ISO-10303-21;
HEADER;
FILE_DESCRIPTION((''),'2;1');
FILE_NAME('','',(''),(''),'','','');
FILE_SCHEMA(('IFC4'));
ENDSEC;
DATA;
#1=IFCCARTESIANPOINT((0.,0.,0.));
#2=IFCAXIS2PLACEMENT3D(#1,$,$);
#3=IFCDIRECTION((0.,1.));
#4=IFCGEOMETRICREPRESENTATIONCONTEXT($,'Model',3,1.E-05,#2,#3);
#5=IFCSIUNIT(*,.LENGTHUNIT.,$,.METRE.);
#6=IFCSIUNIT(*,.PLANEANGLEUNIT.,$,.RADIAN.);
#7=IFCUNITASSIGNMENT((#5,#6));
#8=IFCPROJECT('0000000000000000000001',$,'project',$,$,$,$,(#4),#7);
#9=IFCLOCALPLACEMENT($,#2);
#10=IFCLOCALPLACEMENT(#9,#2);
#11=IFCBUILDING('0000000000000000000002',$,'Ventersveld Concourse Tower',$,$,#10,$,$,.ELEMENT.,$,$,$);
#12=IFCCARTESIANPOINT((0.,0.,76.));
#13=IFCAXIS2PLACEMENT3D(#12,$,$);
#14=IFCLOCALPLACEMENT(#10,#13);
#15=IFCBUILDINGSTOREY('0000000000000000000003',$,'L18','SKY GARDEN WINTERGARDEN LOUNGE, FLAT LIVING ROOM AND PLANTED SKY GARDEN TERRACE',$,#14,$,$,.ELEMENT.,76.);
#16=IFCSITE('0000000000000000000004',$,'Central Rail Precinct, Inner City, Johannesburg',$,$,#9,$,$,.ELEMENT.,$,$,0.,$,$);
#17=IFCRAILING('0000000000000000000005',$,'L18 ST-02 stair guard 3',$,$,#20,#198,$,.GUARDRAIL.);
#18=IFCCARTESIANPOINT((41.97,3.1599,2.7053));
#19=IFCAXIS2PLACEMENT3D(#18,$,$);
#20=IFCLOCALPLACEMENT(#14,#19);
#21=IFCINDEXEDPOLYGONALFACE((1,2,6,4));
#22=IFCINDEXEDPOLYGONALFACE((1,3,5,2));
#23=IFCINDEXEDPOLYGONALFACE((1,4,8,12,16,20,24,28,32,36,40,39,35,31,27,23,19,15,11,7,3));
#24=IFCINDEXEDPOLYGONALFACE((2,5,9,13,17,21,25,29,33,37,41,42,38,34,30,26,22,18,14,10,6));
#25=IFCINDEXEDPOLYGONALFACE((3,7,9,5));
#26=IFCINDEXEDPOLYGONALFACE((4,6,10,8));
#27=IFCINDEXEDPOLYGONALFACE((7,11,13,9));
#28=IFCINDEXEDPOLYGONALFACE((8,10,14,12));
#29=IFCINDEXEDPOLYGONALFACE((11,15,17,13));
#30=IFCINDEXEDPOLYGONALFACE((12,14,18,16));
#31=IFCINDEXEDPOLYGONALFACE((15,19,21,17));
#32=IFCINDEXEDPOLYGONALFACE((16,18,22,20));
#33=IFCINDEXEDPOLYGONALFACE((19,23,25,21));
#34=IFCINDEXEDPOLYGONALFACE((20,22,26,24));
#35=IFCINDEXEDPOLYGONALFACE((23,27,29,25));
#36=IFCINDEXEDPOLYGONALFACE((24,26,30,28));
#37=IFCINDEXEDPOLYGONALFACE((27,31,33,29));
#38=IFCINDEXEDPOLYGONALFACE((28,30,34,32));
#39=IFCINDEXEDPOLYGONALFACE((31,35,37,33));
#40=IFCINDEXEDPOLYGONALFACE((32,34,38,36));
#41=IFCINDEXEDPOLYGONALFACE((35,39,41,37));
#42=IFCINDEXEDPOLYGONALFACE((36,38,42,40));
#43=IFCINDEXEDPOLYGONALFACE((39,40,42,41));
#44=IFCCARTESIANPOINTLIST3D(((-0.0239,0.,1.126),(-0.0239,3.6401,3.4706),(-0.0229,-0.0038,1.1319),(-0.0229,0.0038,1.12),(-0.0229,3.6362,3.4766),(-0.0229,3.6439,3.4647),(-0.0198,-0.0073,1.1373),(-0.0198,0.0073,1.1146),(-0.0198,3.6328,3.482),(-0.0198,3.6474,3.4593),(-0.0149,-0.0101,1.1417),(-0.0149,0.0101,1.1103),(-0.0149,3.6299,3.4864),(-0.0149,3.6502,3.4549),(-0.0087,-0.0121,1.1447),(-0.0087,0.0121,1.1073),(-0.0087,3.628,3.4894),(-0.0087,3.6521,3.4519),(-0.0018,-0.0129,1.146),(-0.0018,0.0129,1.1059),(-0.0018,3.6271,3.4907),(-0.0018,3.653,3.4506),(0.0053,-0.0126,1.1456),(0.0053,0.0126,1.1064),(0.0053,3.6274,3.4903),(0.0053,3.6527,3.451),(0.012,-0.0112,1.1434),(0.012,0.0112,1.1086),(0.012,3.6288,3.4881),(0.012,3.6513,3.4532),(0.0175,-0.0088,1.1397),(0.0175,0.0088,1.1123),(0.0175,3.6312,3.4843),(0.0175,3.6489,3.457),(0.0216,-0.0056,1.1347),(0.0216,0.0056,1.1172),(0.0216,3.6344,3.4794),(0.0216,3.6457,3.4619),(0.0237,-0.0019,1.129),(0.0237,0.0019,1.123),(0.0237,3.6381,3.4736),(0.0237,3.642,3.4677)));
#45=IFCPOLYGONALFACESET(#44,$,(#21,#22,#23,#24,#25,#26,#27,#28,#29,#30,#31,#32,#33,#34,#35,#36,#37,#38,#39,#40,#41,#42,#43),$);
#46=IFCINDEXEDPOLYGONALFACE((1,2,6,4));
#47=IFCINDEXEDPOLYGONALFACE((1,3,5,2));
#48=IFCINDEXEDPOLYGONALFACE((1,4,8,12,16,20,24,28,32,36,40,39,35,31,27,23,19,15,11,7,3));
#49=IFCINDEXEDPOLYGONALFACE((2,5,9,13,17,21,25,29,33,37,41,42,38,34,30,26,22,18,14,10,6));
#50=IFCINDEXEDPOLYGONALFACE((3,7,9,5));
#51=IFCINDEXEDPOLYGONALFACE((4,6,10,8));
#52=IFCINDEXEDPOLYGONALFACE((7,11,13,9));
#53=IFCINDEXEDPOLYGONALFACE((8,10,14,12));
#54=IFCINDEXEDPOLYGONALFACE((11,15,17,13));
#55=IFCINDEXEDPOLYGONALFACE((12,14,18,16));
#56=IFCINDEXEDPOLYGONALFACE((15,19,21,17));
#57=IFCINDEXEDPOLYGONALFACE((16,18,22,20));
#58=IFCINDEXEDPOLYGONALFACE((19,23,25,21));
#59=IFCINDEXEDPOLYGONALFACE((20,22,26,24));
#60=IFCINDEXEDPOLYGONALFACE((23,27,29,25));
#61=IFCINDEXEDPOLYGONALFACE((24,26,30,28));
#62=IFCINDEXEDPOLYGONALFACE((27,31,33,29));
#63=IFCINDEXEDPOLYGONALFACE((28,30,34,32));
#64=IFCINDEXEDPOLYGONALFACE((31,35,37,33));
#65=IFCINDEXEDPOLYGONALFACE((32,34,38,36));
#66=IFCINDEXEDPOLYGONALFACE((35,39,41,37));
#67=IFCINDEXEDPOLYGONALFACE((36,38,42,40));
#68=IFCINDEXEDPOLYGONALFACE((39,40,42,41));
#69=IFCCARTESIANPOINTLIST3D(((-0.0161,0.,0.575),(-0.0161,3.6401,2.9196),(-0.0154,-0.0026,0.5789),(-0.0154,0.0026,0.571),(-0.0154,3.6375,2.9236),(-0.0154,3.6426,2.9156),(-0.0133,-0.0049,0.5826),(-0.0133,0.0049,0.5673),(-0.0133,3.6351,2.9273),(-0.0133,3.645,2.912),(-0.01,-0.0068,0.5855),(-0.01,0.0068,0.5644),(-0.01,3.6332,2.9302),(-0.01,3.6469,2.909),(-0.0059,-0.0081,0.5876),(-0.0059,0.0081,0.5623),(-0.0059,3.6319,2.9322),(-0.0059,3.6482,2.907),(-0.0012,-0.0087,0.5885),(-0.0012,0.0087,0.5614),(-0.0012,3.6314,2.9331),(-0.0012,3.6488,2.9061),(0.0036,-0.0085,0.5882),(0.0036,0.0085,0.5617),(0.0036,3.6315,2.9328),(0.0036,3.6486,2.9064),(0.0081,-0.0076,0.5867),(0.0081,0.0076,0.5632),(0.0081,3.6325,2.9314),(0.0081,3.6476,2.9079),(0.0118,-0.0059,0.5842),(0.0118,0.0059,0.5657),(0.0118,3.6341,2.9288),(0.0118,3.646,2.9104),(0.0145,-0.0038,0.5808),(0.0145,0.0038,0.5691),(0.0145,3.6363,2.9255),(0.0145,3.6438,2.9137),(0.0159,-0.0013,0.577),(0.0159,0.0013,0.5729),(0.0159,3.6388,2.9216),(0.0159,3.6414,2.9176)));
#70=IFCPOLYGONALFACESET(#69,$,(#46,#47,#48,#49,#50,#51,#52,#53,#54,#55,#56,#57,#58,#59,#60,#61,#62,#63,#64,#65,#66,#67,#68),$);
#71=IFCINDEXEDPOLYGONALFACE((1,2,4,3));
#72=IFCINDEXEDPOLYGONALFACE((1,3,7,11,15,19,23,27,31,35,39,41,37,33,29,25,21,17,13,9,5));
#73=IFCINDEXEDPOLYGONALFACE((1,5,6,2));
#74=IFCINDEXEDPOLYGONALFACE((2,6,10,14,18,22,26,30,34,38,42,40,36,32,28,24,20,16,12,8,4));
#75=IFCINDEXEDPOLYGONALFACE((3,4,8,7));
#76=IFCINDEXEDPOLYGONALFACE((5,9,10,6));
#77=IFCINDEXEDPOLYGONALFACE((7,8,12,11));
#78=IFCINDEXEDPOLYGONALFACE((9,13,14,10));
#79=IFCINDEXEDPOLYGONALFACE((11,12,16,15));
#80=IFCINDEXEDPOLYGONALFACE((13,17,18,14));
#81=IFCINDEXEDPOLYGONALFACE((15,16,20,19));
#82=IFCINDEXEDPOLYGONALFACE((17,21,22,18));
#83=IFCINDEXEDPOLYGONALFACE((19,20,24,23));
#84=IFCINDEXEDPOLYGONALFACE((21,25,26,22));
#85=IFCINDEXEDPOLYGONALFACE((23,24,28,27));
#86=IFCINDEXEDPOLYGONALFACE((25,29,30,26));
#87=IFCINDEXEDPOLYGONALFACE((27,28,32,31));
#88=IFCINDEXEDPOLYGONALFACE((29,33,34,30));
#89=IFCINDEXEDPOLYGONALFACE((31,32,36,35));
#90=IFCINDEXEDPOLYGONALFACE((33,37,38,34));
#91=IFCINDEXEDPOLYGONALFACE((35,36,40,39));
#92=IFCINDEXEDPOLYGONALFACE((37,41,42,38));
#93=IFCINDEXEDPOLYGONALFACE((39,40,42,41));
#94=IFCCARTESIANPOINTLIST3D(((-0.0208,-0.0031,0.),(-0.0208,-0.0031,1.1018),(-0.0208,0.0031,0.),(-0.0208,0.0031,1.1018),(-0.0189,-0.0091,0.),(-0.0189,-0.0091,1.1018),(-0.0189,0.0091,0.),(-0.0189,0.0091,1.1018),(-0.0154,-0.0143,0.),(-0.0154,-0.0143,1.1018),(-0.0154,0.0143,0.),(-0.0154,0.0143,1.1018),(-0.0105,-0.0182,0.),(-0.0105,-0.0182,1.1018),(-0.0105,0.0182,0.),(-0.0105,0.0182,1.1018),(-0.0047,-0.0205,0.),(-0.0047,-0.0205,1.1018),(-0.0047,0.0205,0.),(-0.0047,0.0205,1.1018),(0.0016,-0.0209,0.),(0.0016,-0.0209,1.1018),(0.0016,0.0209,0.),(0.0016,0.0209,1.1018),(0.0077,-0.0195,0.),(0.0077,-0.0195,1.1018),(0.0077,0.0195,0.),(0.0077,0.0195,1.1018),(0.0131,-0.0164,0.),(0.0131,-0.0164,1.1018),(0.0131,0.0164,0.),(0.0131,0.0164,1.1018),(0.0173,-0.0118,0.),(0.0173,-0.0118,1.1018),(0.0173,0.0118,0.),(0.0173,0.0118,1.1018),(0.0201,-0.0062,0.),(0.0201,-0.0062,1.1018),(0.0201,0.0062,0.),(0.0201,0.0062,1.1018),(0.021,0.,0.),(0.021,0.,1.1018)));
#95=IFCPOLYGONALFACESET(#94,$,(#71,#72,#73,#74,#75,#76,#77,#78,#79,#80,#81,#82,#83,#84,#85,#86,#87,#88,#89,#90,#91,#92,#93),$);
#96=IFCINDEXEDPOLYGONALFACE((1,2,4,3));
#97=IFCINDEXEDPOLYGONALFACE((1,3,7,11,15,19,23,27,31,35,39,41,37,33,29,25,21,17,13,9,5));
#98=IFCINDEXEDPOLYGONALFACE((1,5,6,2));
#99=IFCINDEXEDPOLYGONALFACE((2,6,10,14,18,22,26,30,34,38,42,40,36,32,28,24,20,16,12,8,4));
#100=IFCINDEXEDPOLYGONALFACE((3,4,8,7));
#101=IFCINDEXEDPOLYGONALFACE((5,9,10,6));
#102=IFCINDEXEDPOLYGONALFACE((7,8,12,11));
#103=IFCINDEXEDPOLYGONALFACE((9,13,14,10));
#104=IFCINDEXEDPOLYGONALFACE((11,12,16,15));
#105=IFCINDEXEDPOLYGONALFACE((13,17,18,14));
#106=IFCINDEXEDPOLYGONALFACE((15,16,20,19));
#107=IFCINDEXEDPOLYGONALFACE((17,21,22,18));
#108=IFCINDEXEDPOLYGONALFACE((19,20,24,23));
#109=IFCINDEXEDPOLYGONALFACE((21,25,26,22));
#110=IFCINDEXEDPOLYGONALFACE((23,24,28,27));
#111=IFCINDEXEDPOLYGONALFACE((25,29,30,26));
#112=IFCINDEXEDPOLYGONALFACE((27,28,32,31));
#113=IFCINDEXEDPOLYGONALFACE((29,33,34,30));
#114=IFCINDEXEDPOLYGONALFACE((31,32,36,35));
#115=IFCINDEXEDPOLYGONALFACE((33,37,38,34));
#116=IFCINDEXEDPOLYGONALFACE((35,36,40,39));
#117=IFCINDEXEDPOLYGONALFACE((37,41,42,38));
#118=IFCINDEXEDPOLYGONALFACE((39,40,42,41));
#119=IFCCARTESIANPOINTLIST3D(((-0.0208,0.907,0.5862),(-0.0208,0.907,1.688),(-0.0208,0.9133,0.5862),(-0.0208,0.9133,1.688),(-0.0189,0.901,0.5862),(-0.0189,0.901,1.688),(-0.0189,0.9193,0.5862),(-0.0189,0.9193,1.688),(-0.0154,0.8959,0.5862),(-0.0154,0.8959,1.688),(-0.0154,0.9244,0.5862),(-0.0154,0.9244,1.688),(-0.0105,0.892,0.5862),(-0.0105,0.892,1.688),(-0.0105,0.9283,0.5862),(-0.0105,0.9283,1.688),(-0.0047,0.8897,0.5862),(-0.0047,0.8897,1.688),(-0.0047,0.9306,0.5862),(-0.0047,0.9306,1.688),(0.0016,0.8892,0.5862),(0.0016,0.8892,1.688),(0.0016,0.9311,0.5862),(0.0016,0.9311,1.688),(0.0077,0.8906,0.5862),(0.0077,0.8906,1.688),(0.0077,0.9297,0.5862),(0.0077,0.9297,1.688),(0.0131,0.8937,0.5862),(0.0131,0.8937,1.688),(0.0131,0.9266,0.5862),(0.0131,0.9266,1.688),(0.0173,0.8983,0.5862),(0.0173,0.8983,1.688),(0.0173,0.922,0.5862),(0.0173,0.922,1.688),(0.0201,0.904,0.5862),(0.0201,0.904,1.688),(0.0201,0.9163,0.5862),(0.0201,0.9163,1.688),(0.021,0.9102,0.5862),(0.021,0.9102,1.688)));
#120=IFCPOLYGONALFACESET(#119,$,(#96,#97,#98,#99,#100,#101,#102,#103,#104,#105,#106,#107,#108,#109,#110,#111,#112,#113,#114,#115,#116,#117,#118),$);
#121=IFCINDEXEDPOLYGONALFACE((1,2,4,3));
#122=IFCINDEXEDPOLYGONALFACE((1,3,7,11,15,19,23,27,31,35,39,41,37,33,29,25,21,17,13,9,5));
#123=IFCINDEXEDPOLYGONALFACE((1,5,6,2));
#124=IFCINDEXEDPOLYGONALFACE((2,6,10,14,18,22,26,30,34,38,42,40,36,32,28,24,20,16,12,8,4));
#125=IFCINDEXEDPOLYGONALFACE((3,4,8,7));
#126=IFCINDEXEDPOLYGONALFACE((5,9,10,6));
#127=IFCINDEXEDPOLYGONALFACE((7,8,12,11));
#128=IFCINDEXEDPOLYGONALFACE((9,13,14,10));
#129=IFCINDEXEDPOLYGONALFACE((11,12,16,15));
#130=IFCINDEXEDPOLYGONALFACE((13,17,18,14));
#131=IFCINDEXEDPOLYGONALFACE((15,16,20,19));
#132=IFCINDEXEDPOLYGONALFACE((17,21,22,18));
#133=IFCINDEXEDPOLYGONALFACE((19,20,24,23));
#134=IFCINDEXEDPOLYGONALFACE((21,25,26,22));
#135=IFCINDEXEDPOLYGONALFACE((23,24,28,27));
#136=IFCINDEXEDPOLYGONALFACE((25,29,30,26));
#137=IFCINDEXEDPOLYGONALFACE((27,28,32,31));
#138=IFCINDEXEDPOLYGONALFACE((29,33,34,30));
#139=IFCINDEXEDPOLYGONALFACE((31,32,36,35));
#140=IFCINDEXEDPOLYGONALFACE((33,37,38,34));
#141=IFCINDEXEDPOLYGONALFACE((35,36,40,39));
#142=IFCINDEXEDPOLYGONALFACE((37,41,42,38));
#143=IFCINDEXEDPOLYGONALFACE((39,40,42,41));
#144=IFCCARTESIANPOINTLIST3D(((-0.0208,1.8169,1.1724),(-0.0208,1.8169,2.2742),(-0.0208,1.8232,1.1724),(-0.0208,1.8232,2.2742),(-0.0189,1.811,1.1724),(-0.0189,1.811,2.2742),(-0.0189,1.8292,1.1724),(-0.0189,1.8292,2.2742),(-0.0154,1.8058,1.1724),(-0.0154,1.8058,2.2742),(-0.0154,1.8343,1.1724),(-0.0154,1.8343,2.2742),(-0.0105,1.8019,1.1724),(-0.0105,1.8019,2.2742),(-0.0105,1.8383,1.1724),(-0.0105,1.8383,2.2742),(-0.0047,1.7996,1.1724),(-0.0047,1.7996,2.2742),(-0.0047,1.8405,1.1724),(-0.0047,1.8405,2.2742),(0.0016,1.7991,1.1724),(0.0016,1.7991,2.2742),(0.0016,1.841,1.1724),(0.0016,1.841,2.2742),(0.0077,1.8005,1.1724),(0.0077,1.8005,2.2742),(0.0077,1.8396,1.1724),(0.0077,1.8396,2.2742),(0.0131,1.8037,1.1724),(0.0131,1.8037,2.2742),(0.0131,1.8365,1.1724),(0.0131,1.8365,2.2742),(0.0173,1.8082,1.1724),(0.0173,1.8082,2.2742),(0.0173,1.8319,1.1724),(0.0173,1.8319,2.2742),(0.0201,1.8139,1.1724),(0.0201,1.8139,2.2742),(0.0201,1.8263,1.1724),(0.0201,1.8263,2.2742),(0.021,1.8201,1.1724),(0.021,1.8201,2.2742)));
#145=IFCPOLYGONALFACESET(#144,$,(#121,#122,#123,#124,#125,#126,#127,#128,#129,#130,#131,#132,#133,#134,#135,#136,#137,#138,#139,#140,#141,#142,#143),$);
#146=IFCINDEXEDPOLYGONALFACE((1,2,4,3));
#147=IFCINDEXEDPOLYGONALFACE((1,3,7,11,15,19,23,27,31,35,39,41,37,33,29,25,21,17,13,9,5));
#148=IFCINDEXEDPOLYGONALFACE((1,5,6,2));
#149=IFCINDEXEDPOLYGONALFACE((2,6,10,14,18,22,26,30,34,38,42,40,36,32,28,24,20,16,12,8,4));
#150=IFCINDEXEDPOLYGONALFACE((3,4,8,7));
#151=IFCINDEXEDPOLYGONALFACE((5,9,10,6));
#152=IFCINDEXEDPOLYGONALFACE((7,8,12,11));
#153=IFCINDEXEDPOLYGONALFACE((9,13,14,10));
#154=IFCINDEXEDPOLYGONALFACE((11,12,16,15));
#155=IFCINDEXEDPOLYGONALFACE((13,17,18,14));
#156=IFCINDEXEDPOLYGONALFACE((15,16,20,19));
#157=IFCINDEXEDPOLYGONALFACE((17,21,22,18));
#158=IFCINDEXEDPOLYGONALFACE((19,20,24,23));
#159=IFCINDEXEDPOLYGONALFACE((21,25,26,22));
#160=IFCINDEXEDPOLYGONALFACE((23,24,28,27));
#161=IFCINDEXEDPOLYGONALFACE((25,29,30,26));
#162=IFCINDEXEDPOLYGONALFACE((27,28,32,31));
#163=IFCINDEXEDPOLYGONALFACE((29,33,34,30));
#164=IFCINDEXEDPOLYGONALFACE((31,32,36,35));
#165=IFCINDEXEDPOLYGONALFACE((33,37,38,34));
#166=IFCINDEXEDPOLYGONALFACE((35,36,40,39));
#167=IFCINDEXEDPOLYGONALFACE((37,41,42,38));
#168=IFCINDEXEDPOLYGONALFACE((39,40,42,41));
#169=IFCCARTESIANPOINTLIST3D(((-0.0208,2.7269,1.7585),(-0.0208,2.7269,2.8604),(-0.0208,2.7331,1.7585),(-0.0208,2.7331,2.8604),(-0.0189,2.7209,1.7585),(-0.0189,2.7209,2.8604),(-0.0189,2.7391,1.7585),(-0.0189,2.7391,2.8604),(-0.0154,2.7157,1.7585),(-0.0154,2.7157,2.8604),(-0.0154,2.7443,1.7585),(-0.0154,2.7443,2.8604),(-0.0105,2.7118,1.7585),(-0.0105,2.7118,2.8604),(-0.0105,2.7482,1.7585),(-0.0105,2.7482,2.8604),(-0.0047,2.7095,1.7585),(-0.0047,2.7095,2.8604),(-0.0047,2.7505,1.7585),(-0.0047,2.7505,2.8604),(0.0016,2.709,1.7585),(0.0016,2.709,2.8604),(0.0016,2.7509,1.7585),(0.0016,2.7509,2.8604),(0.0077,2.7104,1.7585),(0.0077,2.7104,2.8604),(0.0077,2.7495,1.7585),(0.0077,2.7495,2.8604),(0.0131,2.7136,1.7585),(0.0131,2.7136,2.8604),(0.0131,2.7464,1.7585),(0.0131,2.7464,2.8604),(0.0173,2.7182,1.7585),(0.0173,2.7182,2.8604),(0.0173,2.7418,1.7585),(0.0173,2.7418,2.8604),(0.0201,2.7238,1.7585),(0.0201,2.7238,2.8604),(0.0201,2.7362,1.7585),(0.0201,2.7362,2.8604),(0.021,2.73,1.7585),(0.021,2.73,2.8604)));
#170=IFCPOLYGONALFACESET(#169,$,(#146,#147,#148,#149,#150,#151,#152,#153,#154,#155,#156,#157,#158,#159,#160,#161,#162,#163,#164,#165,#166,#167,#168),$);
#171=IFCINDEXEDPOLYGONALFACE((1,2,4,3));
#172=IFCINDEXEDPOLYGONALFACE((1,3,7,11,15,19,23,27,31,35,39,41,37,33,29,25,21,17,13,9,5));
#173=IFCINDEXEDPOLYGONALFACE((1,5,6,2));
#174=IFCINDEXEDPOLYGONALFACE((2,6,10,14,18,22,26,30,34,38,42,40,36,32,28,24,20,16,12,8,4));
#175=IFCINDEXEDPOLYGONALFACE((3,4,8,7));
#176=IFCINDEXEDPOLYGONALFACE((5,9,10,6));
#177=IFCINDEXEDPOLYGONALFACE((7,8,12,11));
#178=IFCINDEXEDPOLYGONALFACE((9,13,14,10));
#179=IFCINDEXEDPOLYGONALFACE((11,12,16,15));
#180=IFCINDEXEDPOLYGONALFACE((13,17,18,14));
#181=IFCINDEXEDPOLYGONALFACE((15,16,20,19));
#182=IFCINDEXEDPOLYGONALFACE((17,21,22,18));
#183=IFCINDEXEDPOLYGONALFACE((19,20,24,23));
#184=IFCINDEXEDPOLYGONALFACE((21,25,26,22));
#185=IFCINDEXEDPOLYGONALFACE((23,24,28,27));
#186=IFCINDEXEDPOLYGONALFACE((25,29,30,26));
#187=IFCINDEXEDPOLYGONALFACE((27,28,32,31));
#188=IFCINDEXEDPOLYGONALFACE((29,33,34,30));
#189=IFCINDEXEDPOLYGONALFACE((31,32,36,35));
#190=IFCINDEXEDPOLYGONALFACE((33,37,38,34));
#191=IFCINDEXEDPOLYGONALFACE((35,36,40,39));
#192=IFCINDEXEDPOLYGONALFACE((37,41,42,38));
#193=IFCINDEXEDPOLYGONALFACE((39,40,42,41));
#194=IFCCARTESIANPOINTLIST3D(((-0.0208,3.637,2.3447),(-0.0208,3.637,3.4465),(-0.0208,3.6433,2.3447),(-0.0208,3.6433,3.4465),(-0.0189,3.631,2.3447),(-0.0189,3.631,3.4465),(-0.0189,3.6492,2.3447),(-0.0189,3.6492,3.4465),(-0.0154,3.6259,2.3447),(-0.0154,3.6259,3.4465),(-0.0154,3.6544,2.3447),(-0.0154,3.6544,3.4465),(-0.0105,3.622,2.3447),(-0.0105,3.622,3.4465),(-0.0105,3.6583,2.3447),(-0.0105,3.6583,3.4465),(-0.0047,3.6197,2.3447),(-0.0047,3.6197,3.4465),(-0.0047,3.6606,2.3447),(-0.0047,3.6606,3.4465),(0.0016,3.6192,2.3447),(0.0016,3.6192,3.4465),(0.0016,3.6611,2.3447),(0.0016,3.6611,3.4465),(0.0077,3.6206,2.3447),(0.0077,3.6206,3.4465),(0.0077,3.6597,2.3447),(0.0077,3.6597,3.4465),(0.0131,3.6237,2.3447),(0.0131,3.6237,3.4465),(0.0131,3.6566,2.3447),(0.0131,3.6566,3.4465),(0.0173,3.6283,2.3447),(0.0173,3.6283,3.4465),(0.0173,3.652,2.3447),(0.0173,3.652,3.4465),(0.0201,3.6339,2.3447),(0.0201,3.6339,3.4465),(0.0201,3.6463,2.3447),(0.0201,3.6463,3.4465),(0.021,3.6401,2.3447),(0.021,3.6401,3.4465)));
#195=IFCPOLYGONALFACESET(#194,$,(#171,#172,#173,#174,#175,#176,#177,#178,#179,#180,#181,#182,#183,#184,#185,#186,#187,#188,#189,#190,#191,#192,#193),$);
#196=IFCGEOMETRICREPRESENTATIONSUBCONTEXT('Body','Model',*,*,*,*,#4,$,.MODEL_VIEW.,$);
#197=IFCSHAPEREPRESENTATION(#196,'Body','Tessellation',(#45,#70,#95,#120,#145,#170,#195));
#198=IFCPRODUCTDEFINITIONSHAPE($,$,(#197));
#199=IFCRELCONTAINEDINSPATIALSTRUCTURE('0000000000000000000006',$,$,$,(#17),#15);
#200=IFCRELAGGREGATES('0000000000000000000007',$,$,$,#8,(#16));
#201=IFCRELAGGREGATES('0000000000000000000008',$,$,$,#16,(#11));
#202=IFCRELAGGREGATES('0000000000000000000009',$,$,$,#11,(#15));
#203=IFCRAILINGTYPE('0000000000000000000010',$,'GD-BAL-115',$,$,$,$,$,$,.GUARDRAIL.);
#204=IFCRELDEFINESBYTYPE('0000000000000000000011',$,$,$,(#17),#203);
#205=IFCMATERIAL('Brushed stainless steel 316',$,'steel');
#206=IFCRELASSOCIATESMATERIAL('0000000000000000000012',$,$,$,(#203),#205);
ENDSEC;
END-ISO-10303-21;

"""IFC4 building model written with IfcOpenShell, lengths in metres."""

from ifc_helpers import new_model, si_unit, direction, frame, origin, origin_2d, place, context, subcontext, project, spatial, circle, extrude, material, type_object, element, save


model = new_model("IFC4")

# Units and contexts
model_context = context("Model", 3, precision=1e-05, world=origin(), true_north=direction((0.0, 1.0)))
body_context = subcontext(model_context, "Body", "Model", "MODEL_VIEW")
ifc_project = project(units=[si_unit("LENGTHUNIT", "METRE"), si_unit("PLANEANGLEUNIT", "RADIAN")], contexts=[model_context])

# Site, building, storey
site_placement = place(None, origin())
site = spatial("IfcSite", under=ifc_project, at=site_placement, Name="Central Rail Precinct, Inner City, Johannesburg", CompositionType="ELEMENT", RefElevation=0.0)
building_placement = place(site_placement, origin())
building = spatial("IfcBuilding", under=site, at=building_placement, Name="Ventersveld Concourse Tower", CompositionType="ELEMENT")
storey_placement = place(building_placement, frame((0.0, 0.0, 76.0)))
storey = spatial("IfcBuildingStorey", under=building, at=storey_placement, Name="L18", Description="SKY GARDEN WINTERGARDEN LOUNGE, FLAT LIVING ROOM AND PLANTED SKY GARDEN TERRACE", CompositionType="ELEMENT", Elevation=76.0)

# Railing
ifc_material_1 = material(Name="Brushed stainless steel 316", Category="steel")
railing_type_1 = type_object("IfcRailingType", Name="GD-BAL-115", PredefinedType="GUARDRAIL", material=ifc_material_1)
railing_1_placement = place(storey_placement, frame((41.97, 3.1599, 2.7053)))
element("IfcRailing", 1, at=railing_1_placement, inside=storey, type_object=railing_type_1, Name="L18 ST-02 stair guard 3", PredefinedType="GUARDRAIL", context=body_context, shape_type="SweptSolid", body=[
    extrude(circle(Radius=0.0239, at=origin_2d()), frame((0.0, 0.0, 1.126), z_axis=(0.0, 0.840691, 0.541515), x_axis=(-1.0, 0.0, 0.0)), (0.0, 0.0, 1.0), 4.3298),
    extrude(circle(Radius=0.0161, at=origin_2d()), frame((0.0, 0.0, 0.575), z_axis=(0.0, 0.840691, 0.541515), x_axis=(-1.0, 0.0, 0.0)), (0.0, 0.0, 1.0), 4.3298),
    extrude(circle(Radius=0.021, at=origin_2d()), origin(), (0.0, 0.0, 1.0), 1.1018),
    extrude(circle(Radius=0.021, at=origin_2d()), frame((0.0, 0.9102, 0.5862)), (0.0, 0.0, 1.0), 1.1018),
    extrude(circle(Radius=0.021, at=origin_2d()), frame((0.0, 1.8201, 1.1724)), (0.0, 0.0, 1.0), 1.1018),
    extrude(circle(Radius=0.021, at=origin_2d()), frame((0.0, 2.73, 1.7585)), (0.0, 0.0, 1.0), 1.1018),
    extrude(circle(Radius=0.021, at=origin_2d()), frame((0.0, 3.6401, 2.3447)), (0.0, 0.0, 1.0), 1.1018),
])

save(model, "model.ifc")
